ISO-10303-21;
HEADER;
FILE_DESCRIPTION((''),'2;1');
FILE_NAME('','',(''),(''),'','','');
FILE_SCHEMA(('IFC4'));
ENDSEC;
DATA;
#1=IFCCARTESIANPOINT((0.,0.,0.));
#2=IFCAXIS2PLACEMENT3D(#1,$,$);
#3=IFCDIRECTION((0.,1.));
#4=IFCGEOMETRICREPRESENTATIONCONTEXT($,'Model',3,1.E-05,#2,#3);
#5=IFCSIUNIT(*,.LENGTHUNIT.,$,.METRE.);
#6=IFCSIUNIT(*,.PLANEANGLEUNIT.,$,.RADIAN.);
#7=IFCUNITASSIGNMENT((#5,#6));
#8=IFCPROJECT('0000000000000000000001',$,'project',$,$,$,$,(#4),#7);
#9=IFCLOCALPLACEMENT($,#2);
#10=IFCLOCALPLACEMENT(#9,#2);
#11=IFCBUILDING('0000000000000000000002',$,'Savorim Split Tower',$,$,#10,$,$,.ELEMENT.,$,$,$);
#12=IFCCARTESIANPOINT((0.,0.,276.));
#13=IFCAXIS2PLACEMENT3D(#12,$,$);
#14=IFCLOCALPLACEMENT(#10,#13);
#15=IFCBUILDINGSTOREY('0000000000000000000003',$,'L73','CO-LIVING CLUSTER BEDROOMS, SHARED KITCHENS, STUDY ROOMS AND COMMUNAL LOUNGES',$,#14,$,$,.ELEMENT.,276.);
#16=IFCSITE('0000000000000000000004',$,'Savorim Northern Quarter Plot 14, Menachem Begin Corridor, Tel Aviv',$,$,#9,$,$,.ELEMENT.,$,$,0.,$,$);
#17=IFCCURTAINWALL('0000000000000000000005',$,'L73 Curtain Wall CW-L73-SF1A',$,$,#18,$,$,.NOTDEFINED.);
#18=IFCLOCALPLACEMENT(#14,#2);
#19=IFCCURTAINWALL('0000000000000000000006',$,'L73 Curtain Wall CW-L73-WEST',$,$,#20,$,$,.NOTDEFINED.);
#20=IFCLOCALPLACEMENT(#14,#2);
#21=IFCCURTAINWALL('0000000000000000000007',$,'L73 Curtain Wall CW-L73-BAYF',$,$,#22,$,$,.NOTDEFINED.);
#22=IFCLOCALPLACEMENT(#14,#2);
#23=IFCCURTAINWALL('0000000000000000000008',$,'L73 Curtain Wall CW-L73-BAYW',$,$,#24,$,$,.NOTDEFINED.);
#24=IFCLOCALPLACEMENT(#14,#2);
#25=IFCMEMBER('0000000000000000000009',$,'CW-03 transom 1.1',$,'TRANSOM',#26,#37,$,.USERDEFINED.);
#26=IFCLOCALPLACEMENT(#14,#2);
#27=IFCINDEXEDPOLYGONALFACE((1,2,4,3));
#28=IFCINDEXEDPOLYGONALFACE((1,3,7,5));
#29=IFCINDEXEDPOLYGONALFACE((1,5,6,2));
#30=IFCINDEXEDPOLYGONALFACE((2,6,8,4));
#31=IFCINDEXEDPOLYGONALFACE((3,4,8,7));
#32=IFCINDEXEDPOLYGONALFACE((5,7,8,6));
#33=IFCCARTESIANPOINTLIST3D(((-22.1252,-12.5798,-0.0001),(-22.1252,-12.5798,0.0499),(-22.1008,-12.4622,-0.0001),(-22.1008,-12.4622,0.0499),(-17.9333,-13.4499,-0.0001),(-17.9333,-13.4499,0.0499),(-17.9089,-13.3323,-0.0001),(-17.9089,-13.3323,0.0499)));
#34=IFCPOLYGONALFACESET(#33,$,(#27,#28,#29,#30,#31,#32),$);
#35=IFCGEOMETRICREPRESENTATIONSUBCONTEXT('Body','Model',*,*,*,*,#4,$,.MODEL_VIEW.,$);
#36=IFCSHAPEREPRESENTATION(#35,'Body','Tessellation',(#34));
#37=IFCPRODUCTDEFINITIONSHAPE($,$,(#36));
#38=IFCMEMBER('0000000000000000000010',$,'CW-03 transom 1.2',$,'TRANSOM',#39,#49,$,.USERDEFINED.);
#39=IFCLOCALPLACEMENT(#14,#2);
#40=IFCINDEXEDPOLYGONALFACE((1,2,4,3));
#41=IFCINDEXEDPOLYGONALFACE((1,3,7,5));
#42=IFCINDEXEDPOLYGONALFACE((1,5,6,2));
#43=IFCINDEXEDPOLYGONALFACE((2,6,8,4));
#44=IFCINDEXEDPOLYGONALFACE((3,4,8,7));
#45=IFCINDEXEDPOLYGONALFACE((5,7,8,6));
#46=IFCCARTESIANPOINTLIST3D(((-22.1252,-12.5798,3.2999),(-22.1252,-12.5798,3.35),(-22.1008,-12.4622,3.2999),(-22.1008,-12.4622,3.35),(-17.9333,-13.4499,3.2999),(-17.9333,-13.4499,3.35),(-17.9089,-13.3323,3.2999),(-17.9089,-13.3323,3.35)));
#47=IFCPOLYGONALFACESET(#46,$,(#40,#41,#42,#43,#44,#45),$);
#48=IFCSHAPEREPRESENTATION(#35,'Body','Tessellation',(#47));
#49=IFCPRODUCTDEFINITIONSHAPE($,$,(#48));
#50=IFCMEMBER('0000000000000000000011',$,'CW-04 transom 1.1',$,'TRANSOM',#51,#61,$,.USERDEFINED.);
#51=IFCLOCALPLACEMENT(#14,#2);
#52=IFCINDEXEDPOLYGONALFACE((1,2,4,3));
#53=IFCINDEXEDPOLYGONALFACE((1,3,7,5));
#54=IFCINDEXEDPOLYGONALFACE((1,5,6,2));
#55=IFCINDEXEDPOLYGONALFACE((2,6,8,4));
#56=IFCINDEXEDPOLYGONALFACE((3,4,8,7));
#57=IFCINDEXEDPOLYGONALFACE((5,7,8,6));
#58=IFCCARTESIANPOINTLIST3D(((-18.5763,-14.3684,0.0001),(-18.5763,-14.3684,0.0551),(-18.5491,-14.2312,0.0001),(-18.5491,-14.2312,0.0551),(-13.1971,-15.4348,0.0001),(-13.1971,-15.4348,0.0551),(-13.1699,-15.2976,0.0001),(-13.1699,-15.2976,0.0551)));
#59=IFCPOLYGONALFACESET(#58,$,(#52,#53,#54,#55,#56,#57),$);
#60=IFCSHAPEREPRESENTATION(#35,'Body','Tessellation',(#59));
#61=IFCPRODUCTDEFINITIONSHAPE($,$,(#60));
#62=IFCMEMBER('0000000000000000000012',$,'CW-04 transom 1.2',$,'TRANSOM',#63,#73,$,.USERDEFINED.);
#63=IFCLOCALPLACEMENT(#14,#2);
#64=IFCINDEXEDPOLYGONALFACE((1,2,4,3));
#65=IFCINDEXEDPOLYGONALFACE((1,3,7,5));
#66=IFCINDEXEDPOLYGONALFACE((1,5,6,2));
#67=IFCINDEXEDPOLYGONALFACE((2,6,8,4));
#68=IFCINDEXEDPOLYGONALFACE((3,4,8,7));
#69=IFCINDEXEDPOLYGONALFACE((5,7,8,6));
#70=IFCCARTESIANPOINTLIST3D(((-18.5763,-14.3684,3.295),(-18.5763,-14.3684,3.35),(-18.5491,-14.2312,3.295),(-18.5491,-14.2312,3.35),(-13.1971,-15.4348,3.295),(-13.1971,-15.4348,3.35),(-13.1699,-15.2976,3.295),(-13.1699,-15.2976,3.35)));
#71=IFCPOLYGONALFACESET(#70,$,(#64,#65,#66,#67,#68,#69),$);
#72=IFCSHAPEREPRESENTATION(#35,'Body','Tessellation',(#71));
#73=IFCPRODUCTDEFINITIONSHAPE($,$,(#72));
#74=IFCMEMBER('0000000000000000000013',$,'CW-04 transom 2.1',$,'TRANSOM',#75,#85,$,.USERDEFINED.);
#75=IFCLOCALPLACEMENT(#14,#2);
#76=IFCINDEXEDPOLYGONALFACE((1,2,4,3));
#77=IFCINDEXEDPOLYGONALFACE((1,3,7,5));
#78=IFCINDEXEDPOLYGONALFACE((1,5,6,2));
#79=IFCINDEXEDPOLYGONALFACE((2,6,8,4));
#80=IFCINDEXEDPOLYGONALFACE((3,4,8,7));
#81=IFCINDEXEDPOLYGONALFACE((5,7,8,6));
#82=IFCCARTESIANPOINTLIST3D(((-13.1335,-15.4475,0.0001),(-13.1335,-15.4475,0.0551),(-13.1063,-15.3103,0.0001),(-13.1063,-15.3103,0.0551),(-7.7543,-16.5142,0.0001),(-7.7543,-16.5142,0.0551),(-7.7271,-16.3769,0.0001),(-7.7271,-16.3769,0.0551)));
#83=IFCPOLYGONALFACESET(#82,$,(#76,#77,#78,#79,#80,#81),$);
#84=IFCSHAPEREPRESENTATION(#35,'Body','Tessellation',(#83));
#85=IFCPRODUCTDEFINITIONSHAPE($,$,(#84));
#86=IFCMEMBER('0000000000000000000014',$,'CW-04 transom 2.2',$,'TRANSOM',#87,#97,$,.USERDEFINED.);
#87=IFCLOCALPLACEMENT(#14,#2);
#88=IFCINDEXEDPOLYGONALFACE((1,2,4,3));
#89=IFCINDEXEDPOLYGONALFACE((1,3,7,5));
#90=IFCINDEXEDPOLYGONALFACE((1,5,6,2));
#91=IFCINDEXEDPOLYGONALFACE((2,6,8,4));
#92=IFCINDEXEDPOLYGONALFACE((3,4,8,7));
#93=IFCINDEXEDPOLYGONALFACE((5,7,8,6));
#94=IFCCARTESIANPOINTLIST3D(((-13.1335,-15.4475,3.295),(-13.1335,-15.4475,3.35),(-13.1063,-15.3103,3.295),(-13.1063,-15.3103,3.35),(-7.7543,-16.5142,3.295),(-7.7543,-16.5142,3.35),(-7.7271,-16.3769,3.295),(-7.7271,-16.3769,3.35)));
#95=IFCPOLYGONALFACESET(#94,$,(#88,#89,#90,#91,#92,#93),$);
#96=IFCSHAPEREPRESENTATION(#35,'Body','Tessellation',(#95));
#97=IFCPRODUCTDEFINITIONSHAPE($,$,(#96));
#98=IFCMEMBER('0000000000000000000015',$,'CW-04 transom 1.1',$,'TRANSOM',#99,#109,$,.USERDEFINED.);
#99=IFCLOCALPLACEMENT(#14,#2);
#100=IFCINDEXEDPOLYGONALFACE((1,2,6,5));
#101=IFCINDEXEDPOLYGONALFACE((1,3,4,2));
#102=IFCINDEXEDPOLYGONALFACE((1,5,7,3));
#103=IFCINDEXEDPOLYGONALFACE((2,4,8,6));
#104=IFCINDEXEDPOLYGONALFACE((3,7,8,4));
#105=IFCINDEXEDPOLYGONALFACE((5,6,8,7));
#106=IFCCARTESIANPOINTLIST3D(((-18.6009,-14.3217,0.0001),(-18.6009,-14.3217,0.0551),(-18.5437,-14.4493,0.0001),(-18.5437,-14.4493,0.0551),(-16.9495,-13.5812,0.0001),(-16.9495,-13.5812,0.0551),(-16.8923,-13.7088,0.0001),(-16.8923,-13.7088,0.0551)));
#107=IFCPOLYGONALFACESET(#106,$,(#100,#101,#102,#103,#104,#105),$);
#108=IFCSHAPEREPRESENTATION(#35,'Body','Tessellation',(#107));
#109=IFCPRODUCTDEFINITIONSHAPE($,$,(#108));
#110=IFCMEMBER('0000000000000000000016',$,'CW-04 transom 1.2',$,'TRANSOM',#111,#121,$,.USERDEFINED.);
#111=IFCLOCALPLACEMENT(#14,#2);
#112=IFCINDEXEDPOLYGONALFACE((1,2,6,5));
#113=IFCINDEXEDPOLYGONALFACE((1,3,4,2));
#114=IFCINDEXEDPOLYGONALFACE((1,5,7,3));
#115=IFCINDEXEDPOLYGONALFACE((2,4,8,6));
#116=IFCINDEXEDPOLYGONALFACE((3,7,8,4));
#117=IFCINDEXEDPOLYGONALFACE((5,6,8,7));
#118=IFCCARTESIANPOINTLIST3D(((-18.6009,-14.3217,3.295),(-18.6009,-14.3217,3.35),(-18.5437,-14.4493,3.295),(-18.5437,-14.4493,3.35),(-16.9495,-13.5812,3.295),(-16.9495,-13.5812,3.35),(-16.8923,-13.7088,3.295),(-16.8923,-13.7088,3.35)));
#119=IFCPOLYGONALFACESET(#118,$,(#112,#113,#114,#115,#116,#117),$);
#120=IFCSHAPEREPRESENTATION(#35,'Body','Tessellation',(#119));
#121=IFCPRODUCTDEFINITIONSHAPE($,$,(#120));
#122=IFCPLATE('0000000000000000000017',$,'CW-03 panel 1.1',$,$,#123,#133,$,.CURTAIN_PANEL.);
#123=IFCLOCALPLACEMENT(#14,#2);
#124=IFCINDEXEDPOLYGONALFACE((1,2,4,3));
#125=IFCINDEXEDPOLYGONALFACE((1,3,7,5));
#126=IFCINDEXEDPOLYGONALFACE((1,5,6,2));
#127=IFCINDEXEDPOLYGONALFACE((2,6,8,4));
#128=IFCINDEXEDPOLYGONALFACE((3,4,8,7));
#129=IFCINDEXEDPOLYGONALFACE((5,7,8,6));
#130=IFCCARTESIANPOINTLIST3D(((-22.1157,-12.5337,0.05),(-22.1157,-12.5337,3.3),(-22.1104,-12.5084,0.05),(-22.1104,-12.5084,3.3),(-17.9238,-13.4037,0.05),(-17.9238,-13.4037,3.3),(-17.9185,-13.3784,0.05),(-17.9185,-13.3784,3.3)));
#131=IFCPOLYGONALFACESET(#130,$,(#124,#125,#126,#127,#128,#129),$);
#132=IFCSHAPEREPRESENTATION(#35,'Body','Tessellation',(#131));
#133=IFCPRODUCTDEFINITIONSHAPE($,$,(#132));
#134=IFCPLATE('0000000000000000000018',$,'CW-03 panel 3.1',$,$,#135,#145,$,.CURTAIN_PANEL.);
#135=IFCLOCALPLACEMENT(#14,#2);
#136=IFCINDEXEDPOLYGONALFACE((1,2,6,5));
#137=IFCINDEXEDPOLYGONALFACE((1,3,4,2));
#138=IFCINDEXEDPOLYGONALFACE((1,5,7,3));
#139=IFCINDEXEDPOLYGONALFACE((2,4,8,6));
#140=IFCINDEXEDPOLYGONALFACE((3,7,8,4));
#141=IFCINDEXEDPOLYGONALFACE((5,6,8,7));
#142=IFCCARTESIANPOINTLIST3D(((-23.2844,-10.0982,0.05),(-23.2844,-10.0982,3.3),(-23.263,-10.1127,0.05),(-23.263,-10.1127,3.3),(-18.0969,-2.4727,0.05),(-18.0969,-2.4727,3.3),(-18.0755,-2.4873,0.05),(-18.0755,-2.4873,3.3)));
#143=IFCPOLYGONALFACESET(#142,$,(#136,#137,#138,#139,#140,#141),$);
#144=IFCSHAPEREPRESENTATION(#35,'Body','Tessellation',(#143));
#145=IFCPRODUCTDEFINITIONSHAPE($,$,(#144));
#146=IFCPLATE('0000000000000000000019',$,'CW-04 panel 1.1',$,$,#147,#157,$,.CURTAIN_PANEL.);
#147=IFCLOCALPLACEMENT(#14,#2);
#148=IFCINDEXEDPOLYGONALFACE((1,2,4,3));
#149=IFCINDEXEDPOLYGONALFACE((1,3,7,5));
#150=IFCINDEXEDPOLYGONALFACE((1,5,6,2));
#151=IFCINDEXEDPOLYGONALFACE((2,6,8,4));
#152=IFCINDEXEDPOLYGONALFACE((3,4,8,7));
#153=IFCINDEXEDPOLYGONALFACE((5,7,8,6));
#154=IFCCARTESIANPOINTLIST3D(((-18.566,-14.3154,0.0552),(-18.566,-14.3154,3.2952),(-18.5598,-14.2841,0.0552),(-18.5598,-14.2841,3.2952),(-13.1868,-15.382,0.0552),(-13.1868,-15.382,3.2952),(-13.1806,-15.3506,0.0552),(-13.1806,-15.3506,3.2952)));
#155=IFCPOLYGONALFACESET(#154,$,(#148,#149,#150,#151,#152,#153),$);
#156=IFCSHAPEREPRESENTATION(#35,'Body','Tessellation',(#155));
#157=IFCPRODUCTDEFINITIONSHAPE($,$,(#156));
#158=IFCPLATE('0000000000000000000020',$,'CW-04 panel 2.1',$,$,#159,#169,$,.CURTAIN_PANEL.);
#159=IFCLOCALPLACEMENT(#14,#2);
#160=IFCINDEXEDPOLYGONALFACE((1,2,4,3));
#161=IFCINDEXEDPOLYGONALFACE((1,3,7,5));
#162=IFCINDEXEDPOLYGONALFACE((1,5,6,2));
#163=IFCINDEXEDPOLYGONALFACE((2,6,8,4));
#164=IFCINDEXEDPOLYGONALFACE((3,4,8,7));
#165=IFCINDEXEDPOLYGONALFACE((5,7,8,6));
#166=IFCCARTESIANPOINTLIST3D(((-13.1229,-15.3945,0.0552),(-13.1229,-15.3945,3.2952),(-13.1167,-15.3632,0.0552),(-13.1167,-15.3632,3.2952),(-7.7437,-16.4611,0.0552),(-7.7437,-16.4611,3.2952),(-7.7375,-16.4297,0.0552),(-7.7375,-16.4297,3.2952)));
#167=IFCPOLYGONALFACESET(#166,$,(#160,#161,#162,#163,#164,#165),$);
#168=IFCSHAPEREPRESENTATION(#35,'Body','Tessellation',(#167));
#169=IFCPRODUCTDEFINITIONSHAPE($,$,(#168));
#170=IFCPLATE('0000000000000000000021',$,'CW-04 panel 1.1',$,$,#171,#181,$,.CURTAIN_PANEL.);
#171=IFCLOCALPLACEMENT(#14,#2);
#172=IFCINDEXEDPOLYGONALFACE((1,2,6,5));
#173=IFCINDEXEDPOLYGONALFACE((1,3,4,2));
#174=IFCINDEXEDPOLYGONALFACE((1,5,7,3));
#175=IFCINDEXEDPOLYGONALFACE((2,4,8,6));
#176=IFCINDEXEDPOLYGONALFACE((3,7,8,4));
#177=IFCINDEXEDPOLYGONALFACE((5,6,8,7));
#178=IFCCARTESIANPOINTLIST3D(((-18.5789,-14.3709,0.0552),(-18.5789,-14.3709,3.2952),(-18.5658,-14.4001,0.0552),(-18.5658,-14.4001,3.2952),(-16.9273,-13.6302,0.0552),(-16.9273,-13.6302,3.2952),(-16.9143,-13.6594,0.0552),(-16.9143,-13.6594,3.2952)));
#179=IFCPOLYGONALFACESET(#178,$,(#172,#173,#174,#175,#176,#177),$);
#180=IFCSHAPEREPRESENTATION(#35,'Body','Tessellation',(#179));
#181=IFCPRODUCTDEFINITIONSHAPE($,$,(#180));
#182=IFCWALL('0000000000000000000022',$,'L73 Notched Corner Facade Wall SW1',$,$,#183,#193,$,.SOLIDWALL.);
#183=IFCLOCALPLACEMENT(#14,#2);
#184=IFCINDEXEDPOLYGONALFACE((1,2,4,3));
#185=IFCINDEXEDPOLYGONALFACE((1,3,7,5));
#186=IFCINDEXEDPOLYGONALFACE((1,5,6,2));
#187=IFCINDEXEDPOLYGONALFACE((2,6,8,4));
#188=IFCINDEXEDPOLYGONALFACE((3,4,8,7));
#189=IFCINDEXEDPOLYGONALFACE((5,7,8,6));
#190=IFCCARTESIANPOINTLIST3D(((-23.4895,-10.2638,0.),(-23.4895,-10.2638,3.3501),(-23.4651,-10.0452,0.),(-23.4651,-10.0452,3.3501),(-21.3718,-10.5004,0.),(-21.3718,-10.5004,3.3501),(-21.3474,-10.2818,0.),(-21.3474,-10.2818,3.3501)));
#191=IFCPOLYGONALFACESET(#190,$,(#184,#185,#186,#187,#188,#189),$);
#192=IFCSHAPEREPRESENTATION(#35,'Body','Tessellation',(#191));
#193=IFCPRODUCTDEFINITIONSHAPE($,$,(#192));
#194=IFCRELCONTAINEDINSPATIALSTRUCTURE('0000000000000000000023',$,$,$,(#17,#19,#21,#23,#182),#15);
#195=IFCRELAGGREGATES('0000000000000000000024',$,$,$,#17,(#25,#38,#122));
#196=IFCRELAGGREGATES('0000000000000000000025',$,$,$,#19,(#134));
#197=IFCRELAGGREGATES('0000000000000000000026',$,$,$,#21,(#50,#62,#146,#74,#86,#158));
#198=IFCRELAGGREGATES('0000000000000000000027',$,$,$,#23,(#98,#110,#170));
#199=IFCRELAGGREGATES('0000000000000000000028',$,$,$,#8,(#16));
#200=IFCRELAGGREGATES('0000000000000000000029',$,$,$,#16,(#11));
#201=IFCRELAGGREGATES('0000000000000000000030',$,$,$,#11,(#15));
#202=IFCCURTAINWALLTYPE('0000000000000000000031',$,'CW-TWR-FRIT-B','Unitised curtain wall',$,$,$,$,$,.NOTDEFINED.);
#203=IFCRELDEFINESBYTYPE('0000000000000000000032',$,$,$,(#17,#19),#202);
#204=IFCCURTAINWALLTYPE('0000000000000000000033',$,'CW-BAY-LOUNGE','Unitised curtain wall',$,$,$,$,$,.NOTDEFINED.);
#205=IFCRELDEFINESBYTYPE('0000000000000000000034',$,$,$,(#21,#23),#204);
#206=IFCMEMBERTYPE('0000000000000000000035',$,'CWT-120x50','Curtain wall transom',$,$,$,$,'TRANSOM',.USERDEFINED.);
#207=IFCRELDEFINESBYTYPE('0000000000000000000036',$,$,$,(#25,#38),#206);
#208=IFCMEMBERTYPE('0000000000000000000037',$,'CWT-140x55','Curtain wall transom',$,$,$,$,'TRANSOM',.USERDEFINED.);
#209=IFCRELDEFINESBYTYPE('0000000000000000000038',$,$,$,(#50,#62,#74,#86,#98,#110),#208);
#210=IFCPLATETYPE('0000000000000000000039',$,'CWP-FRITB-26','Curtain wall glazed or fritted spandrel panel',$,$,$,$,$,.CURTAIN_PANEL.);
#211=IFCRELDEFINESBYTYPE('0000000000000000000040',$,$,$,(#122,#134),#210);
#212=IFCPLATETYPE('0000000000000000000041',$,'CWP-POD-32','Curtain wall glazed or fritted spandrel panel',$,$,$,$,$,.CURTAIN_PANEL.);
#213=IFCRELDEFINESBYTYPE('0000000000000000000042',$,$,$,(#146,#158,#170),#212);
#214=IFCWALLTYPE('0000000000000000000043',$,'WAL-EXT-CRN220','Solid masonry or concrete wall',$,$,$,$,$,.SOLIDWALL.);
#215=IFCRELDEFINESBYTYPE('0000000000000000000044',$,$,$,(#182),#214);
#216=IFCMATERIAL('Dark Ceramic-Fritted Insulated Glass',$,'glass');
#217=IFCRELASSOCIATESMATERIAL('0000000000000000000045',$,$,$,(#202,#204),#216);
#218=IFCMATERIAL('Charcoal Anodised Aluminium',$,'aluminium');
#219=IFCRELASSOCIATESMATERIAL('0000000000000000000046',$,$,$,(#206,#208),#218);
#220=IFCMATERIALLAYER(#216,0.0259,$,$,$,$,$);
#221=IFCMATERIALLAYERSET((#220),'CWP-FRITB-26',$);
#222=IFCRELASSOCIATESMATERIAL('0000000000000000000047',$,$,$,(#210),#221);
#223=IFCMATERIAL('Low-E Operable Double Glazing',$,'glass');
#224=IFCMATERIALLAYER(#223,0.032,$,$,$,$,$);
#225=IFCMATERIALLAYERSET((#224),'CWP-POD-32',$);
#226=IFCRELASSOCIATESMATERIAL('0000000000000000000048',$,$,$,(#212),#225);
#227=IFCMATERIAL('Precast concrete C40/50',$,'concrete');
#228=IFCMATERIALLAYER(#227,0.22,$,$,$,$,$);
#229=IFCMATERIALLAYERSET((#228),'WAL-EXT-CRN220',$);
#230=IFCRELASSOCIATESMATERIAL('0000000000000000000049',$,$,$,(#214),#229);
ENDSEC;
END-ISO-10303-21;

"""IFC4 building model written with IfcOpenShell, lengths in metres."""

from ifc_helpers import new_model, si_unit, direction, frame, frame_2d, origin, origin_2d, place, context, subcontext, project, spatial, rectangle, extrude, material, layer, layer_set, material_profile, profile_set, type_object, element, aggregate, save


model = new_model("IFC4")

# Units and contexts
model_context = context("Model", 3, precision=1e-05, world=origin(), true_north=direction((0.0, 1.0)))
body_context = subcontext(model_context, "Body", "Model", "MODEL_VIEW")
ifc_project = project(units=[si_unit("LENGTHUNIT", "METRE"), si_unit("PLANEANGLEUNIT", "RADIAN")], contexts=[model_context])

# Site, building, storey
site_placement = place(None, origin())
site = spatial("IfcSite", under=ifc_project, at=site_placement, Name="Savorim Northern Quarter Plot 14, Menachem Begin Corridor, Tel Aviv", CompositionType="ELEMENT", RefElevation=0.0)
building_placement = place(site_placement, origin())
building = spatial("IfcBuilding", under=site, at=building_placement, Name="Savorim Split Tower", CompositionType="ELEMENT")
storey_placement = place(building_placement, frame((0.0, 0.0, 276.0)))
storey = spatial("IfcBuildingStorey", under=building, at=storey_placement, Name="L73", Description="CO-LIVING CLUSTER BEDROOMS, SHARED KITCHENS, STUDY ROOMS AND COMMUNAL LOUNGES", CompositionType="ELEMENT", Elevation=276.0)

# Curtain wall
ifc_material_1 = material(Name="Dark Ceramic-Fritted Insulated Glass", Category="glass")
curtain_wall_type_1 = type_object("IfcCurtainWallType", Name="CW-TWR-FRIT-B", Description="Unitised curtain wall", PredefinedType="NOTDEFINED", material=ifc_material_1)
curtain_wall_1_placement = place(storey_placement, origin())
curtain_wall_1 = element("IfcCurtainWall", 1, at=curtain_wall_1_placement, inside=storey, type_object=curtain_wall_type_1, Name="L73 Curtain Wall CW-L73-SF1A", PredefinedType="NOTDEFINED")
ifc_material_2 = material(Name="Charcoal Anodised Aluminium", Category="aluminium")

# Curtain wall
curtain_wall_2_placement = place(storey_placement, origin())
curtain_wall_2 = element("IfcCurtainWall", 2, at=curtain_wall_2_placement, inside=storey, type_object=curtain_wall_type_1, Name="L73 Curtain Wall CW-L73-WEST", PredefinedType="NOTDEFINED")

# Curtain walls
curtain_wall_type_2 = type_object("IfcCurtainWallType", Name="CW-BAY-LOUNGE", Description="Unitised curtain wall", PredefinedType="NOTDEFINED", material=ifc_material_1)
curtain_wall_3_placement = place(storey_placement, origin())
curtain_wall_3 = element("IfcCurtainWall", 3, at=curtain_wall_3_placement, inside=storey, type_object=curtain_wall_type_2, Name="L73 Curtain Wall CW-L73-BAYF", PredefinedType="NOTDEFINED")
curtain_wall_4_placement = place(storey_placement, origin())
curtain_wall_4 = element("IfcCurtainWall", 4, at=curtain_wall_4_placement, inside=storey, type_object=curtain_wall_type_2, Name="L73 Curtain Wall CW-L73-BAYW", PredefinedType="NOTDEFINED")

# Members
ifc_material_profile_1 = material_profile(ifc_material_2, rectangle(XDim=0.1201, YDim=0.05, at=origin_2d()), Name="ALU-T 120x50")
ifc_profile_set_1 = profile_set([ifc_material_profile_1], Name="Charcoal Anodised Aluminium")
member_type_1 = type_object("IfcMemberType", Name="CWT-120x50", Description="Curtain wall transom", ElementType="TRANSOM", PredefinedType="USERDEFINED", material=ifc_profile_set_1)
member_1_placement = place(storey_placement, frame((-22.113, -12.521, 0.0249), z_axis=(0.979129, -0.203239, 0.0), x_axis=(0.203239, 0.979129, 0.0)))
member_1 = element("IfcMember", 5, at=member_1_placement, type_object=member_type_1, Name="CW-03 transom 1.1", ObjectType="TRANSOM", PredefinedType="USERDEFINED", context=body_context, shape_type="SweptSolid", body=[
    extrude(rectangle(XDim=0.1201, YDim=0.05, at=origin_2d()), origin(), (0.0, 0.0, 1.0), 4.2812),
])
member_2_placement = place(storey_placement, frame((-22.113, -12.521, 3.325), z_axis=(0.979129, -0.203239, 0.0), x_axis=(0.203239, 0.979129, 0.0)))
member_2 = element("IfcMember", 6, at=member_2_placement, type_object=member_type_1, Name="CW-03 transom 1.2", ObjectType="TRANSOM", PredefinedType="USERDEFINED", context=body_context, shape_type="SweptSolid", body=[
    extrude(rectangle(XDim=0.1201, YDim=0.05, at=origin_2d()), origin(), (0.0, 0.0, 1.0), 4.2812),
])
ifc_material_profile_2 = material_profile(ifc_material_2, rectangle(XDim=0.1399, YDim=0.0549, at=origin_2d()), Name="ALU-T 140x55")
ifc_profile_set_2 = profile_set([ifc_material_profile_2], Name="Charcoal Anodised Aluminium")
member_type_2 = type_object("IfcMemberType", Name="CWT-140x55", Description="Curtain wall transom", ElementType="TRANSOM", PredefinedType="USERDEFINED", material=ifc_profile_set_2)
member_3_placement = place(storey_placement, frame((-18.5627, -14.2998, 0.0276), z_axis=(0.98091, -0.194463, 0.0), x_axis=(0.194463, 0.98091, 0.0)))
member_3 = element("IfcMember", 7, at=member_3_placement, type_object=member_type_2, Name="CW-04 transom 1.1", ObjectType="TRANSOM", PredefinedType="USERDEFINED", context=body_context, shape_type="SweptSolid", body=[
    extrude(rectangle(XDim=0.1399, YDim=0.0549, at=origin_2d()), origin(), (0.0, 0.0, 1.0), 5.4839),
])
member_4_placement = place(storey_placement, frame((-18.5627, -14.2998, 3.3225), z_axis=(0.98091, -0.194463, 0.0), x_axis=(0.194463, 0.98091, 0.0)))
member_4 = element("IfcMember", 8, at=member_4_placement, type_object=member_type_2, Name="CW-04 transom 1.2", ObjectType="TRANSOM", PredefinedType="USERDEFINED", context=body_context, shape_type="SweptSolid", body=[
    extrude(rectangle(XDim=0.1399, YDim=0.0549, at=origin_2d()), origin(), (0.0, 0.0, 1.0), 5.4839),
])
member_5_placement = place(storey_placement, frame((-13.1199, -15.3789, 0.0276), z_axis=(0.980901, -0.194506, 0.0), x_axis=(0.194506, 0.980901, 0.0)))
member_5 = element("IfcMember", 9, at=member_5_placement, type_object=member_type_2, Name="CW-04 transom 2.1", ObjectType="TRANSOM", PredefinedType="USERDEFINED", context=body_context, shape_type="SweptSolid", body=[
    extrude(rectangle(XDim=0.1399, YDim=0.0549, at=origin_2d()), origin(), (0.0, 0.0, 1.0), 5.4839),
])
member_6_placement = place(storey_placement, frame((-13.1199, -15.3789, 3.3225), z_axis=(0.980901, -0.194506, 0.0), x_axis=(0.194506, 0.980901, 0.0)))
member_6 = element("IfcMember", 10, at=member_6_placement, type_object=member_type_2, Name="CW-04 transom 2.2", ObjectType="TRANSOM", PredefinedType="USERDEFINED", context=body_context, shape_type="SweptSolid", body=[
    extrude(rectangle(XDim=0.1399, YDim=0.0549, at=origin_2d()), origin(), (0.0, 0.0, 1.0), 5.4839),
])
member_7_placement = place(storey_placement, frame((-16.9209, -13.645, 0.0276), z_axis=(-0.912466, -0.409153, 0.0), x_axis=(0.409153, -0.912466, 0.0)))
member_7 = element("IfcMember", 11, at=member_7_placement, type_object=member_type_2, Name="CW-04 transom 1.1", ObjectType="TRANSOM", PredefinedType="USERDEFINED", context=body_context, shape_type="SweptSolid", body=[
    extrude(rectangle(XDim=0.1399, YDim=0.0549, at=origin_2d()), origin(), (0.0, 0.0, 1.0), 1.8098),
])
member_8_placement = place(storey_placement, frame((-16.9209, -13.645, 3.3225), z_axis=(-0.912466, -0.409153, 0.0), x_axis=(0.409153, -0.912466, 0.0)))
member_8 = element("IfcMember", 12, at=member_8_placement, type_object=member_type_2, Name="CW-04 transom 1.2", ObjectType="TRANSOM", PredefinedType="USERDEFINED", context=body_context, shape_type="SweptSolid", body=[
    extrude(rectangle(XDim=0.1399, YDim=0.0549, at=origin_2d()), origin(), (0.0, 0.0, 1.0), 1.8098),
])

# Plates
ifc_layer_1 = layer(ifc_material_1, 0.0259)
ifc_layer_set_1 = layer_set([ifc_layer_1], Name="CWP-FRITB-26")
plate_type_1 = type_object("IfcPlateType", Name="CWP-FRITB-26", Description="Curtain wall glazed or fritted spandrel panel", PredefinedType="CURTAIN_PANEL", material=ifc_layer_set_1)
plate_1_placement = place(storey_placement, frame((-20.0171, -12.9561, 0.05), z_axis=(0.0, 0.0, 1.0), x_axis=(0.979133, -0.20322, 0.0)))
plate_1 = element("IfcPlate", 13, at=plate_1_placement, type_object=plate_type_1, Name="CW-03 panel 1.1", PredefinedType="CURTAIN_PANEL", context=body_context, shape_type="SweptSolid", body=[
    extrude(rectangle(XDim=4.2812, YDim=0.0259, at=origin_2d()), origin(), (0.0, 0.0, 1.0), 3.25),
])
aggregate(curtain_wall_1, [member_1, member_2, plate_1])
plate_2_placement = place(storey_placement, frame((-20.6799, -6.2927, 0.05), z_axis=(0.0, 0.0, 1.0), x_axis=(-0.56247, -0.826818, 0.0)))
plate_2 = element("IfcPlate", 14, at=plate_2_placement, type_object=plate_type_1, Name="CW-03 panel 3.1", PredefinedType="CURTAIN_PANEL", context=body_context, shape_type="SweptSolid", body=[
    extrude(rectangle(XDim=9.2227, YDim=0.0259, at=origin_2d()), origin(), (0.0, 0.0, 1.0), 3.25),
])
aggregate(curtain_wall_2, [plate_2])
ifc_material_3 = material(Name="Low-E Operable Double Glazing", Category="glass")
ifc_layer_2 = layer(ifc_material_3, 0.032)
ifc_layer_set_2 = layer_set([ifc_layer_2], Name="CWP-POD-32")
plate_type_2 = type_object("IfcPlateType", Name="CWP-POD-32", Description="Curtain wall glazed or fritted spandrel panel", PredefinedType="CURTAIN_PANEL", material=ifc_layer_set_2)
plate_3_placement = place(storey_placement, frame((-15.8733, -14.833, 0.0552), z_axis=(0.0, 0.0, 1.0), x_axis=(0.980906, -0.194484, 0.0)))
plate_3 = element("IfcPlate", 15, at=plate_3_placement, type_object=plate_type_2, Name="CW-04 panel 1.1", PredefinedType="CURTAIN_PANEL", context=body_context, shape_type="SweptSolid", body=[
    extrude(rectangle(XDim=5.4839, YDim=0.032, at=origin_2d()), origin(), (0.0, 0.0, 1.0), 3.24),
])
plate_4_placement = place(storey_placement, frame((-10.4302, -15.9121, 0.0552), z_axis=(0.0, 0.0, 1.0), x_axis=(0.980906, -0.194484, 0.0)))
plate_4 = element("IfcPlate", 16, at=plate_4_placement, type_object=plate_type_2, Name="CW-04 panel 2.1", PredefinedType="CURTAIN_PANEL", context=body_context, shape_type="SweptSolid", body=[
    extrude(rectangle(XDim=5.4839, YDim=0.032, at=origin_2d()), origin(), (0.0, 0.0, 1.0), 3.24),
])
aggregate(curtain_wall_3, [member_3, member_4, plate_3, member_5, member_6, plate_4])
plate_5_placement = place(storey_placement, frame((-17.7466, -14.0151, 0.0552), z_axis=(0.0, 0.0, 1.0), x_axis=(-0.912431, -0.409231, 0.0)))
plate_5 = element("IfcPlate", 17, at=plate_5_placement, type_object=plate_type_2, Name="CW-04 panel 1.1", PredefinedType="CURTAIN_PANEL", context=body_context, shape_type="SweptSolid", body=[
    extrude(rectangle(XDim=1.8101, YDim=0.032, at=origin_2d()), origin(), (0.0, 0.0, 1.0), 3.24),
])
aggregate(curtain_wall_4, [member_7, member_8, plate_5])

# Wall
ifc_material_4 = material(Name="Precast concrete C40/50", Category="concrete")
ifc_layer_3 = layer(ifc_material_4, 0.22)
ifc_layer_set_3 = layer_set([ifc_layer_3], Name="WAL-EXT-CRN220")
wall_type_1 = type_object("IfcWallType", Name="WAL-EXT-CRN220", Description="Solid masonry or concrete wall", PredefinedType="SOLIDWALL", material=ifc_layer_set_3)
wall_1_placement = place(storey_placement, frame((-21.3596, -10.3911, 0.0), z_axis=(0.0, 0.0, 1.0), x_axis=(-0.993818, 0.111023, 0.0)))
element("IfcWall", 18, at=wall_1_placement, inside=storey, type_object=wall_type_1, Name="L73 Notched Corner Facade Wall SW1", PredefinedType="SOLIDWALL", context=body_context, shape_type="SweptSolid", body=[
    extrude(rectangle(XDim=2.1309, YDim=0.22, at=frame_2d((1.0654, 0.0))), origin(), (0.0, 0.0, 1.0), 3.3501),
])

save(model, "model.ifc")
